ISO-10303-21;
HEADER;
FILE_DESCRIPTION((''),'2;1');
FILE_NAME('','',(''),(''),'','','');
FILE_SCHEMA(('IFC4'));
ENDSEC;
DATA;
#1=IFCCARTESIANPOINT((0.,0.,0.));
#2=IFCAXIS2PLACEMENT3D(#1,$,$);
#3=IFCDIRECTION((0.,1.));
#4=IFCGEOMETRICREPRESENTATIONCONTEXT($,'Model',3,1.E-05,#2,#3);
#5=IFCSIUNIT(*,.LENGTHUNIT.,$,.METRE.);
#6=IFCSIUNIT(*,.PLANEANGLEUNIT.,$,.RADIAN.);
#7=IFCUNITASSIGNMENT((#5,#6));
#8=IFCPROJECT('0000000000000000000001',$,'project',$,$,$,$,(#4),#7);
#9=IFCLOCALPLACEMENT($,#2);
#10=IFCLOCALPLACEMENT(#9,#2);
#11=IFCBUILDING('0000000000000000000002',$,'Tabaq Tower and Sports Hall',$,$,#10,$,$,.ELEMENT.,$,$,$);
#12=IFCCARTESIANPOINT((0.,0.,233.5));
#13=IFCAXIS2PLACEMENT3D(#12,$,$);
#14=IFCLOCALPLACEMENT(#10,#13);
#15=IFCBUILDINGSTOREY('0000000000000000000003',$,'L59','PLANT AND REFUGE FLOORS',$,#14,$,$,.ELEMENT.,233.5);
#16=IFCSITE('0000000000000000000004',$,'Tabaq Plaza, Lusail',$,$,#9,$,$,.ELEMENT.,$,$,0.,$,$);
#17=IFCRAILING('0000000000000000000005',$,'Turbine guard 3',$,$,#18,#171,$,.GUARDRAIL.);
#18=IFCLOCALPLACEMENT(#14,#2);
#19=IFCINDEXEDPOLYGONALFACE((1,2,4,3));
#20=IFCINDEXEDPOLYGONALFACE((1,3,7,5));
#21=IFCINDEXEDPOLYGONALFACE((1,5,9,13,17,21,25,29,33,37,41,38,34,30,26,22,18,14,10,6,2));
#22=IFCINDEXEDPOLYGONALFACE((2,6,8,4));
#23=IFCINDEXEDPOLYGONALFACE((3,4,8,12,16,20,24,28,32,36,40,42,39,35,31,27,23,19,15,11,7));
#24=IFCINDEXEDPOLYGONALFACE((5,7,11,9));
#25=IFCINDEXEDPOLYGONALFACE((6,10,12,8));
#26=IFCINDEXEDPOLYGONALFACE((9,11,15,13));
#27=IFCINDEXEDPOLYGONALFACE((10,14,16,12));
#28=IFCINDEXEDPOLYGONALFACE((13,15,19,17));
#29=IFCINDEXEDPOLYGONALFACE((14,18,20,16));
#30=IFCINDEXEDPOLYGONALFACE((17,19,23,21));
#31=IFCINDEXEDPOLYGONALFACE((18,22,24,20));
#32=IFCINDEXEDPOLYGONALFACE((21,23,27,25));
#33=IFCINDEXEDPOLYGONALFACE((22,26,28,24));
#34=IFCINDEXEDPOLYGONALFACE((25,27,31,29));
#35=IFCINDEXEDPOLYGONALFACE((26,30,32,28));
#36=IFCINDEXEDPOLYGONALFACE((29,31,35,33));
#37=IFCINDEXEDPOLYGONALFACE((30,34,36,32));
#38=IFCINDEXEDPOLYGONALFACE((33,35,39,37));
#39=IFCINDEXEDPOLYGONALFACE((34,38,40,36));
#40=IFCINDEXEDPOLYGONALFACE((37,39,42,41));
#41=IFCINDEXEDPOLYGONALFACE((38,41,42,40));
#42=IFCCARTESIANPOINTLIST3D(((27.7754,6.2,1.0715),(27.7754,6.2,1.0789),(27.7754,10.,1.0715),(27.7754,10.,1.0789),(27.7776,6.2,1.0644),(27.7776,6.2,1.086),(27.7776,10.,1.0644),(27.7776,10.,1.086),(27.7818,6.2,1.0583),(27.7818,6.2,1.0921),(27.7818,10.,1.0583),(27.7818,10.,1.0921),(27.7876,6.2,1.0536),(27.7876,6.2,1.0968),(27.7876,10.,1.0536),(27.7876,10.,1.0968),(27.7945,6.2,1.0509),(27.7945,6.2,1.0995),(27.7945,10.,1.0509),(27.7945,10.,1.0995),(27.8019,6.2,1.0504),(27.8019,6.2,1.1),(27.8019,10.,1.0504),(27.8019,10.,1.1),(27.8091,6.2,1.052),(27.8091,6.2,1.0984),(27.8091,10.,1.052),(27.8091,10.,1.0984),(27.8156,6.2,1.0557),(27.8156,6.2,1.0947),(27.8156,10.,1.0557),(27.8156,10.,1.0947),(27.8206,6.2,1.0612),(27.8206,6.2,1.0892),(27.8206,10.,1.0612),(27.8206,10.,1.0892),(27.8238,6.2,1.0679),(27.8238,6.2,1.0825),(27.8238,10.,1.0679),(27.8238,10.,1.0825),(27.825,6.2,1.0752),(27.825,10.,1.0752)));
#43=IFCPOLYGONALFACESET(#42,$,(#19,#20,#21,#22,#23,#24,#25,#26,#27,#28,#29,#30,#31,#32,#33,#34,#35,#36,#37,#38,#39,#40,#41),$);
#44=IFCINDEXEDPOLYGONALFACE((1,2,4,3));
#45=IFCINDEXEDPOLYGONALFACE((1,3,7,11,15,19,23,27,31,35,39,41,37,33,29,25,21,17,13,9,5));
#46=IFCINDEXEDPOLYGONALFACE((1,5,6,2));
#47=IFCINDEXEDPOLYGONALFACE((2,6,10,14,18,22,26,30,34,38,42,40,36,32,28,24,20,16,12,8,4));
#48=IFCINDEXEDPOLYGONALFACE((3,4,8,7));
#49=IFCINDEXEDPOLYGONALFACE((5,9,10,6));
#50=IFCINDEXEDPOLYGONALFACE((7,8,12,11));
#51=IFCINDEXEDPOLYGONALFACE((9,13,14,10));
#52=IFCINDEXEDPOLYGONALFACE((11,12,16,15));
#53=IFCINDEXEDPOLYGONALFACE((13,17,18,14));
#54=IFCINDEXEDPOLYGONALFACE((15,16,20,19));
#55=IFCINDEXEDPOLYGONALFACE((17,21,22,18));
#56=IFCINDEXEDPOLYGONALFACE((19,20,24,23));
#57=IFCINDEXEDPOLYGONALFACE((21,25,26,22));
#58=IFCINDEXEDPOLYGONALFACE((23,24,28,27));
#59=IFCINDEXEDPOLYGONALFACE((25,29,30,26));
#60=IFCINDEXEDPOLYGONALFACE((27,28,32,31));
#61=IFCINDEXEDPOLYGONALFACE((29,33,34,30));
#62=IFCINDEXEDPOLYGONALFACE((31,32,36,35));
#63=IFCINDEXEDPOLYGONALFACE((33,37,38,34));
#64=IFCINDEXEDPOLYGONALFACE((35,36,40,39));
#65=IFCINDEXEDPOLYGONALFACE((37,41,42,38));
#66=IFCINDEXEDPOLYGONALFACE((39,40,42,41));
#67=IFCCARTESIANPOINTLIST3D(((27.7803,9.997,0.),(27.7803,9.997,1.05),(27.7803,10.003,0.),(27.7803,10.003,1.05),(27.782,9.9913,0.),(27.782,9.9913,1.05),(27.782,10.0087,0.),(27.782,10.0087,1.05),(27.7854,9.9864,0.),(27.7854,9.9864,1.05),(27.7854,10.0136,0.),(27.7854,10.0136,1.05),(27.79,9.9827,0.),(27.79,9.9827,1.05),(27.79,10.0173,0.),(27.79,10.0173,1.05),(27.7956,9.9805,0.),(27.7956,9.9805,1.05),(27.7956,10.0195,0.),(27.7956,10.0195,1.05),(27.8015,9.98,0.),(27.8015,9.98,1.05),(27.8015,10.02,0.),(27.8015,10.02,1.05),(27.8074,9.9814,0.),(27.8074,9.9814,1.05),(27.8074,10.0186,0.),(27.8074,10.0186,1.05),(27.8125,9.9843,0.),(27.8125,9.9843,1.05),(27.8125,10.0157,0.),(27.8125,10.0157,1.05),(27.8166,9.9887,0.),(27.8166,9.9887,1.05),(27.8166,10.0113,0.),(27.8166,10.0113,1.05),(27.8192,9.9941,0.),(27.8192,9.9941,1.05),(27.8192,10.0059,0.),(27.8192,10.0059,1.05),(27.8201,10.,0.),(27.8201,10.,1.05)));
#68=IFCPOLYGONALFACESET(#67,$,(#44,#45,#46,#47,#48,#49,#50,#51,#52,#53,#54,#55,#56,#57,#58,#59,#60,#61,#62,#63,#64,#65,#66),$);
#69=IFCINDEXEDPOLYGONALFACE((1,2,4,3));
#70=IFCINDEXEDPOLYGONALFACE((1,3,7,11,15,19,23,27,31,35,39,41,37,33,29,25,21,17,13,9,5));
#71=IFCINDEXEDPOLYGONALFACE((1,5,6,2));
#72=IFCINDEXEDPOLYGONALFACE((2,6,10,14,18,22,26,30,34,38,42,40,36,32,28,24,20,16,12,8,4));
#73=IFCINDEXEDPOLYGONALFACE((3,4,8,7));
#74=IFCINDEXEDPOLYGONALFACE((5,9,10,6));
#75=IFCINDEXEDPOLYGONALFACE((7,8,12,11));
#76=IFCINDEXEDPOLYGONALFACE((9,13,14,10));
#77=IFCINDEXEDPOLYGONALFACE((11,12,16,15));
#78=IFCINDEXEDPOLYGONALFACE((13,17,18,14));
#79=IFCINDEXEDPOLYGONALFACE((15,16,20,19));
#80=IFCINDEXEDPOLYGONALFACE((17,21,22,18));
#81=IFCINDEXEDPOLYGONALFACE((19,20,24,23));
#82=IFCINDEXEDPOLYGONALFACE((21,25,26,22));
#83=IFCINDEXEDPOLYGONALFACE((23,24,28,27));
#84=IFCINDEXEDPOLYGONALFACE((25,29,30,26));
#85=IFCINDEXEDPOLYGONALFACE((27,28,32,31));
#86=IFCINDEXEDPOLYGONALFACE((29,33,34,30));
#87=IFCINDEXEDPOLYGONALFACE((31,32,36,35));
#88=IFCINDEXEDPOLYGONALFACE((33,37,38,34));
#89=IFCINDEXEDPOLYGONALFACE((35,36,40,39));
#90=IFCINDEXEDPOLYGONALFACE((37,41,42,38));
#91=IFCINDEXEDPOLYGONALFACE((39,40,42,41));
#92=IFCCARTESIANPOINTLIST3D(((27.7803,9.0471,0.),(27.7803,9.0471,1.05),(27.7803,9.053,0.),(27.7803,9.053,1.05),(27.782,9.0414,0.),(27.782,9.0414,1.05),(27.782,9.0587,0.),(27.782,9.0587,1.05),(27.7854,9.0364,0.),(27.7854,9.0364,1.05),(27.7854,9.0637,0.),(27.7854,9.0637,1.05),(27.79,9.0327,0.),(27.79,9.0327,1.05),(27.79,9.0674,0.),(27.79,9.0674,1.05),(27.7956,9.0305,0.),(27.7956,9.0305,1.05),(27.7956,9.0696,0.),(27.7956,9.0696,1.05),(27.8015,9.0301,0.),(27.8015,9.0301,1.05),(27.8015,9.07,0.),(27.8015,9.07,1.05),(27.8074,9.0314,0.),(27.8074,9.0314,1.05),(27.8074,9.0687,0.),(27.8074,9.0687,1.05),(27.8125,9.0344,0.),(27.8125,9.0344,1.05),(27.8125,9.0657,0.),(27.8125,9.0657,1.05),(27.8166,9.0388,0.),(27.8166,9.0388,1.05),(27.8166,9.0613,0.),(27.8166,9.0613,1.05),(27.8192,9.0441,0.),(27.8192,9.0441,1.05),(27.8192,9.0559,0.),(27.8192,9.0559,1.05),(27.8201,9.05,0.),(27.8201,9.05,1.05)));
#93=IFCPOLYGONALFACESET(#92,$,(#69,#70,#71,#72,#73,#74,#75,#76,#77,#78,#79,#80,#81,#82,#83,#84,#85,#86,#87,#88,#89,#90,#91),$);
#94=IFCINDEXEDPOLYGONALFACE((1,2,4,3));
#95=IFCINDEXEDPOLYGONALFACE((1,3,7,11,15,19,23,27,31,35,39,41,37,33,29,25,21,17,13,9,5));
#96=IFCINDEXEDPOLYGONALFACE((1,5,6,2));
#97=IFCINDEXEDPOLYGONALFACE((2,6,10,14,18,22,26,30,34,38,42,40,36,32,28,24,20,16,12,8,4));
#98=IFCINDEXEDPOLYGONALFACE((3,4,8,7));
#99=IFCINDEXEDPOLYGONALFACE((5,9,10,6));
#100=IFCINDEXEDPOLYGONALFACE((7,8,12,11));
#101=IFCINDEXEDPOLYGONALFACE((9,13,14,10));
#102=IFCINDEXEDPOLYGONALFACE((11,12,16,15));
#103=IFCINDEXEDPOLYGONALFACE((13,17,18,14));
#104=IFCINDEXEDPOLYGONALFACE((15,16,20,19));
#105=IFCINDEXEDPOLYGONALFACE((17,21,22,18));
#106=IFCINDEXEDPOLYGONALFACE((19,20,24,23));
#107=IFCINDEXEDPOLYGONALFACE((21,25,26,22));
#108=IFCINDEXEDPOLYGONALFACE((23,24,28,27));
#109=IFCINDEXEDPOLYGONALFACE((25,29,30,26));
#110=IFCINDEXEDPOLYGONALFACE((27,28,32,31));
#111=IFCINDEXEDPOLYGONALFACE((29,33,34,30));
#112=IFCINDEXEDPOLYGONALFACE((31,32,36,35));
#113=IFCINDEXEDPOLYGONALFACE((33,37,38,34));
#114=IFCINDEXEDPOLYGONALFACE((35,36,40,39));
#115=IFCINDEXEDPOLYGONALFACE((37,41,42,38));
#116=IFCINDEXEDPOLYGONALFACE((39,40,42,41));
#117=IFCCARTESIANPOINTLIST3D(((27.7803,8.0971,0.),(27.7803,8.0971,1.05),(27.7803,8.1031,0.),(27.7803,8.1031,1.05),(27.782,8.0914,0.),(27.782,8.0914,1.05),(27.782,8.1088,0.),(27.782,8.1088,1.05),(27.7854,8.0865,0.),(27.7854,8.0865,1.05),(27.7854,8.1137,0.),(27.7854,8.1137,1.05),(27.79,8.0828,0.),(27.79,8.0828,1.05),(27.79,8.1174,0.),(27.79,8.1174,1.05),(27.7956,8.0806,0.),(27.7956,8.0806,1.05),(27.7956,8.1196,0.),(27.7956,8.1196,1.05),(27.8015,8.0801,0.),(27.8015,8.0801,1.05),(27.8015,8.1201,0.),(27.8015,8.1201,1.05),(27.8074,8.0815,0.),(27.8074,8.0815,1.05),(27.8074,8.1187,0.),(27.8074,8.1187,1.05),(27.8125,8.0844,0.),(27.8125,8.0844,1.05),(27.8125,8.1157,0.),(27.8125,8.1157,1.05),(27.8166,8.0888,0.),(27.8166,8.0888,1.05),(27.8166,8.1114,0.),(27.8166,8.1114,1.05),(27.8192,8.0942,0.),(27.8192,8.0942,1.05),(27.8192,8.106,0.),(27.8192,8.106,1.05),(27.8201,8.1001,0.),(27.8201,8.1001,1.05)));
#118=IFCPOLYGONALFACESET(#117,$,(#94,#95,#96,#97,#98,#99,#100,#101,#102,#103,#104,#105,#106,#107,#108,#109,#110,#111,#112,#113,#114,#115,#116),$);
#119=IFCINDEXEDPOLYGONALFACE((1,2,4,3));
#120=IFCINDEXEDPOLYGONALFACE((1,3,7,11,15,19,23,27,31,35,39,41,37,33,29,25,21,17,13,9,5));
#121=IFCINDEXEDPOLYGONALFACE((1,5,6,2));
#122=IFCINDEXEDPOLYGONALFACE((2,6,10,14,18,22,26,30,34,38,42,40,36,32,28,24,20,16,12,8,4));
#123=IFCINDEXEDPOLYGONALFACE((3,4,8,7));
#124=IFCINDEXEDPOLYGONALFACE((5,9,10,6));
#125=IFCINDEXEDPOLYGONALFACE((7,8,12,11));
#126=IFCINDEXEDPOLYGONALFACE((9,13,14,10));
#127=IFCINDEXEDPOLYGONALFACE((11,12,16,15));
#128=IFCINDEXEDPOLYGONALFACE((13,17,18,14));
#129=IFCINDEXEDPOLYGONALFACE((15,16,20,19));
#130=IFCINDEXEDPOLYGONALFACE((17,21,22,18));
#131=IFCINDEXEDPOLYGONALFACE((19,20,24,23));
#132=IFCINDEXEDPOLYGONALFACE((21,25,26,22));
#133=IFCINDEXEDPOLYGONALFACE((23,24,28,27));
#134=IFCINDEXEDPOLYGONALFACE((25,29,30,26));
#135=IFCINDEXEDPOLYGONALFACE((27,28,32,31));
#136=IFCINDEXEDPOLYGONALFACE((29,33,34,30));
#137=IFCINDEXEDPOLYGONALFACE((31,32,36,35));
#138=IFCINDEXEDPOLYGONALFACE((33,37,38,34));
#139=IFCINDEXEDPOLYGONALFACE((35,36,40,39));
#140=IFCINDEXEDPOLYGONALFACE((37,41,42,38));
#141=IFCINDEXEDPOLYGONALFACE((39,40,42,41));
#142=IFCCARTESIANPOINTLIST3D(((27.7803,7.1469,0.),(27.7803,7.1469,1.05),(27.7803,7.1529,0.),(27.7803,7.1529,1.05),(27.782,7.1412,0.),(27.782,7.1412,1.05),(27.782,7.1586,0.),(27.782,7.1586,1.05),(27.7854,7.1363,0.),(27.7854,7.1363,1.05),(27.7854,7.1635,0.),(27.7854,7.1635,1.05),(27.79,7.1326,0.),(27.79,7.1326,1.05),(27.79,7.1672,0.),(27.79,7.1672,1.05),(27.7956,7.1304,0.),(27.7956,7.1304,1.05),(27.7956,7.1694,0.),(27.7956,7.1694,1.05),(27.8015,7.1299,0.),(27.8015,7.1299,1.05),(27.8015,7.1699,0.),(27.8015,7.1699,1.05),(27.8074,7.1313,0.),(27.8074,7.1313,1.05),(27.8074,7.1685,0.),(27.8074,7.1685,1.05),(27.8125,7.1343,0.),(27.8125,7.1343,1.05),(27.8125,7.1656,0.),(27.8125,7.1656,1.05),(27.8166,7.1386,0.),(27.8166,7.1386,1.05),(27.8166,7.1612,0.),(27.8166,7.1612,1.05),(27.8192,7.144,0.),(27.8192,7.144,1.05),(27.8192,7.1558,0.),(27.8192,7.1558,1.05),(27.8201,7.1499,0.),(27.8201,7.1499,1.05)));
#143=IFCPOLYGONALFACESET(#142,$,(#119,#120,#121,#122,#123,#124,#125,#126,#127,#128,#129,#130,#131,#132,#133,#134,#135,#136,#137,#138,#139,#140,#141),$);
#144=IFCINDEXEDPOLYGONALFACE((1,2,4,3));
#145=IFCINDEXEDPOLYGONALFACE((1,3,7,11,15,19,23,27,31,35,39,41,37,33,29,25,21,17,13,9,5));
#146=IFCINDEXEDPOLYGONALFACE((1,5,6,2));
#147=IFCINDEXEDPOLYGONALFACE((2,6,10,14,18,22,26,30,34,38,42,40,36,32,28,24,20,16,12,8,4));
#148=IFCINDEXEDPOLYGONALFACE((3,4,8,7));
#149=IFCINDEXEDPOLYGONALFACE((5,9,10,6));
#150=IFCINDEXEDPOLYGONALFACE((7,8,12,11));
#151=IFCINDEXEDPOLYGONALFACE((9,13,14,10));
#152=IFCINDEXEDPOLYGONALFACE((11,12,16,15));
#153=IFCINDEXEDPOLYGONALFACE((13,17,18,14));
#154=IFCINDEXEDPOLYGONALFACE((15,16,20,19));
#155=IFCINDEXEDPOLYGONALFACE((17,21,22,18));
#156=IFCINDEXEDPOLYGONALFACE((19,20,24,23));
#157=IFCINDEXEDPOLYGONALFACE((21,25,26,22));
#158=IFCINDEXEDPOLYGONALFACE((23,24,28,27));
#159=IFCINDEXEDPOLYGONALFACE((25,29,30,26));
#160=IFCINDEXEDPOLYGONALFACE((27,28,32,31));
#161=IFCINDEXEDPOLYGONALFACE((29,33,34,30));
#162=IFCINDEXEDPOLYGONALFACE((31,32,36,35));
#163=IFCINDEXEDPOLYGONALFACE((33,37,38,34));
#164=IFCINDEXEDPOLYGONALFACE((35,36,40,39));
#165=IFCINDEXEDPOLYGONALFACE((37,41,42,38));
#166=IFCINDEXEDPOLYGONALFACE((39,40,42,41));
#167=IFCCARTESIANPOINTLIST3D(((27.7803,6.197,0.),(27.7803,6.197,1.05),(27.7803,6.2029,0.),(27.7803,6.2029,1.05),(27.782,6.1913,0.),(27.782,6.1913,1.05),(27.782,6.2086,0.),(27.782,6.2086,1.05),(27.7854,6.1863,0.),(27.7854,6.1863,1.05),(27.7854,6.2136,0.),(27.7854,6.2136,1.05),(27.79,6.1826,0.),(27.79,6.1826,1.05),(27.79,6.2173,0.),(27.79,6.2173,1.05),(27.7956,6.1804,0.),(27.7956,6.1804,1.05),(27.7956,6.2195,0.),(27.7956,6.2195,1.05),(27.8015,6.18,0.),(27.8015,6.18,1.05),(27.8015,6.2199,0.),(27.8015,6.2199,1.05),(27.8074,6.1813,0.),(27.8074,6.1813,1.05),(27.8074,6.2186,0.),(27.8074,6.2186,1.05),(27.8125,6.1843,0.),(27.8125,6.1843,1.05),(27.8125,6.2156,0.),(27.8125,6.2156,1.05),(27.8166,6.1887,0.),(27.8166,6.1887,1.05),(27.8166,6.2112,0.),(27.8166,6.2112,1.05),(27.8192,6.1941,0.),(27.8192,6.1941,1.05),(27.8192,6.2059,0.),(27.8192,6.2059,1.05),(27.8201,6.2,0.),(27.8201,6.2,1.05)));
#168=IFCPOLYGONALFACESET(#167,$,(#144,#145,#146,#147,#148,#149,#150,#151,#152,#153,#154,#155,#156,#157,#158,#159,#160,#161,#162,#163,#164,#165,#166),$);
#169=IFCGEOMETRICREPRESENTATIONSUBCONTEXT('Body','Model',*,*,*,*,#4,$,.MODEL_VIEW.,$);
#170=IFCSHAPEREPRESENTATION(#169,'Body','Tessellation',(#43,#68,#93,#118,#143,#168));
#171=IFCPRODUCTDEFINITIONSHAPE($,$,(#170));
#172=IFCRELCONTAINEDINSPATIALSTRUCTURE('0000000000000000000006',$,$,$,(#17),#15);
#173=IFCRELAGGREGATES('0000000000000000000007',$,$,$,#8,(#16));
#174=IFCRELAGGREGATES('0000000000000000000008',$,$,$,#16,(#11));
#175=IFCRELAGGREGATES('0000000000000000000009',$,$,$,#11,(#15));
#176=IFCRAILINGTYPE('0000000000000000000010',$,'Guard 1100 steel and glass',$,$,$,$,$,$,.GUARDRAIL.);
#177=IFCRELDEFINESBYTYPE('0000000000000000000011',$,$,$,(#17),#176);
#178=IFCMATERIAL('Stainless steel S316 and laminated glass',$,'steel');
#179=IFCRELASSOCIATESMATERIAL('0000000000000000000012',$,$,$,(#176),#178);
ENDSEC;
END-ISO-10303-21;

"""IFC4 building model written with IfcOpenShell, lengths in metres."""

from ifc_helpers import new_model, si_unit, direction, frame, origin, origin_2d, place, context, subcontext, project, spatial, circle, extrude, material, type_object, element, save


model = new_model("IFC4")

# Units and contexts
model_context = context("Model", 3, precision=1e-05, world=origin(), true_north=direction((0.0, 1.0)))
body_context = subcontext(model_context, "Body", "Model", "MODEL_VIEW")
ifc_project = project(units=[si_unit("LENGTHUNIT", "METRE"), si_unit("PLANEANGLEUNIT", "RADIAN")], contexts=[model_context])

# Site, building, storey
site_placement = place(None, origin())
site = spatial("IfcSite", under=ifc_project, at=site_placement, Name="Tabaq Plaza, Lusail", CompositionType="ELEMENT", RefElevation=0.0)
building_placement = place(site_placement, origin())
building = spatial("IfcBuilding", under=site, at=building_placement, Name="Tabaq Tower and Sports Hall", CompositionType="ELEMENT")
storey_placement = place(building_placement, frame((0.0, 0.0, 233.5)))
storey = spatial("IfcBuildingStorey", under=building, at=storey_placement, Name="L59", Description="PLANT AND REFUGE FLOORS", CompositionType="ELEMENT", Elevation=233.5)

# Railing
ifc_material_1 = material(Name="Stainless steel S316 and laminated glass", Category="steel")
railing_type = type_object("IfcRailingType", Name="Guard 1100 steel and glass", PredefinedType="GUARDRAIL", material=ifc_material_1)
railing_1_placement = place(storey_placement, frame((27.8, 10.0, 0.0)))
element("IfcRailing", 1, at=railing_1_placement, inside=storey, type_object=railing_type, Name="Turbine guard 3", PredefinedType="GUARDRAIL", context=body_context, shape_type="SweptSolid", body=[
    extrude(circle(Radius=0.0249, at=origin_2d()), frame((0.0, 0.0, 1.0752), z_axis=(0.0, -1.0, 0.0), x_axis=(1.0, 0.0, 0.0)), (0.0, 0.0, 1.0), 3.8),
    extrude(circle(Radius=0.02, at=origin_2d()), origin(), (0.0, 0.0, 1.0), 1.05),
    extrude(circle(Radius=0.02, at=origin_2d()), frame((0.0, -0.95, 0.0)), (0.0, 0.0, 1.0), 1.05),
    extrude(circle(Radius=0.02, at=origin_2d()), frame((0.0, -1.8999, 0.0)), (0.0, 0.0, 1.0), 1.05),
    extrude(circle(Radius=0.02, at=origin_2d()), frame((0.0, -2.8501, 0.0)), (0.0, 0.0, 1.0), 1.05),
    extrude(circle(Radius=0.02, at=origin_2d()), frame((0.0, -3.8, 0.0)), (0.0, 0.0, 1.0), 1.05),
])

save(model, "model.ifc")
